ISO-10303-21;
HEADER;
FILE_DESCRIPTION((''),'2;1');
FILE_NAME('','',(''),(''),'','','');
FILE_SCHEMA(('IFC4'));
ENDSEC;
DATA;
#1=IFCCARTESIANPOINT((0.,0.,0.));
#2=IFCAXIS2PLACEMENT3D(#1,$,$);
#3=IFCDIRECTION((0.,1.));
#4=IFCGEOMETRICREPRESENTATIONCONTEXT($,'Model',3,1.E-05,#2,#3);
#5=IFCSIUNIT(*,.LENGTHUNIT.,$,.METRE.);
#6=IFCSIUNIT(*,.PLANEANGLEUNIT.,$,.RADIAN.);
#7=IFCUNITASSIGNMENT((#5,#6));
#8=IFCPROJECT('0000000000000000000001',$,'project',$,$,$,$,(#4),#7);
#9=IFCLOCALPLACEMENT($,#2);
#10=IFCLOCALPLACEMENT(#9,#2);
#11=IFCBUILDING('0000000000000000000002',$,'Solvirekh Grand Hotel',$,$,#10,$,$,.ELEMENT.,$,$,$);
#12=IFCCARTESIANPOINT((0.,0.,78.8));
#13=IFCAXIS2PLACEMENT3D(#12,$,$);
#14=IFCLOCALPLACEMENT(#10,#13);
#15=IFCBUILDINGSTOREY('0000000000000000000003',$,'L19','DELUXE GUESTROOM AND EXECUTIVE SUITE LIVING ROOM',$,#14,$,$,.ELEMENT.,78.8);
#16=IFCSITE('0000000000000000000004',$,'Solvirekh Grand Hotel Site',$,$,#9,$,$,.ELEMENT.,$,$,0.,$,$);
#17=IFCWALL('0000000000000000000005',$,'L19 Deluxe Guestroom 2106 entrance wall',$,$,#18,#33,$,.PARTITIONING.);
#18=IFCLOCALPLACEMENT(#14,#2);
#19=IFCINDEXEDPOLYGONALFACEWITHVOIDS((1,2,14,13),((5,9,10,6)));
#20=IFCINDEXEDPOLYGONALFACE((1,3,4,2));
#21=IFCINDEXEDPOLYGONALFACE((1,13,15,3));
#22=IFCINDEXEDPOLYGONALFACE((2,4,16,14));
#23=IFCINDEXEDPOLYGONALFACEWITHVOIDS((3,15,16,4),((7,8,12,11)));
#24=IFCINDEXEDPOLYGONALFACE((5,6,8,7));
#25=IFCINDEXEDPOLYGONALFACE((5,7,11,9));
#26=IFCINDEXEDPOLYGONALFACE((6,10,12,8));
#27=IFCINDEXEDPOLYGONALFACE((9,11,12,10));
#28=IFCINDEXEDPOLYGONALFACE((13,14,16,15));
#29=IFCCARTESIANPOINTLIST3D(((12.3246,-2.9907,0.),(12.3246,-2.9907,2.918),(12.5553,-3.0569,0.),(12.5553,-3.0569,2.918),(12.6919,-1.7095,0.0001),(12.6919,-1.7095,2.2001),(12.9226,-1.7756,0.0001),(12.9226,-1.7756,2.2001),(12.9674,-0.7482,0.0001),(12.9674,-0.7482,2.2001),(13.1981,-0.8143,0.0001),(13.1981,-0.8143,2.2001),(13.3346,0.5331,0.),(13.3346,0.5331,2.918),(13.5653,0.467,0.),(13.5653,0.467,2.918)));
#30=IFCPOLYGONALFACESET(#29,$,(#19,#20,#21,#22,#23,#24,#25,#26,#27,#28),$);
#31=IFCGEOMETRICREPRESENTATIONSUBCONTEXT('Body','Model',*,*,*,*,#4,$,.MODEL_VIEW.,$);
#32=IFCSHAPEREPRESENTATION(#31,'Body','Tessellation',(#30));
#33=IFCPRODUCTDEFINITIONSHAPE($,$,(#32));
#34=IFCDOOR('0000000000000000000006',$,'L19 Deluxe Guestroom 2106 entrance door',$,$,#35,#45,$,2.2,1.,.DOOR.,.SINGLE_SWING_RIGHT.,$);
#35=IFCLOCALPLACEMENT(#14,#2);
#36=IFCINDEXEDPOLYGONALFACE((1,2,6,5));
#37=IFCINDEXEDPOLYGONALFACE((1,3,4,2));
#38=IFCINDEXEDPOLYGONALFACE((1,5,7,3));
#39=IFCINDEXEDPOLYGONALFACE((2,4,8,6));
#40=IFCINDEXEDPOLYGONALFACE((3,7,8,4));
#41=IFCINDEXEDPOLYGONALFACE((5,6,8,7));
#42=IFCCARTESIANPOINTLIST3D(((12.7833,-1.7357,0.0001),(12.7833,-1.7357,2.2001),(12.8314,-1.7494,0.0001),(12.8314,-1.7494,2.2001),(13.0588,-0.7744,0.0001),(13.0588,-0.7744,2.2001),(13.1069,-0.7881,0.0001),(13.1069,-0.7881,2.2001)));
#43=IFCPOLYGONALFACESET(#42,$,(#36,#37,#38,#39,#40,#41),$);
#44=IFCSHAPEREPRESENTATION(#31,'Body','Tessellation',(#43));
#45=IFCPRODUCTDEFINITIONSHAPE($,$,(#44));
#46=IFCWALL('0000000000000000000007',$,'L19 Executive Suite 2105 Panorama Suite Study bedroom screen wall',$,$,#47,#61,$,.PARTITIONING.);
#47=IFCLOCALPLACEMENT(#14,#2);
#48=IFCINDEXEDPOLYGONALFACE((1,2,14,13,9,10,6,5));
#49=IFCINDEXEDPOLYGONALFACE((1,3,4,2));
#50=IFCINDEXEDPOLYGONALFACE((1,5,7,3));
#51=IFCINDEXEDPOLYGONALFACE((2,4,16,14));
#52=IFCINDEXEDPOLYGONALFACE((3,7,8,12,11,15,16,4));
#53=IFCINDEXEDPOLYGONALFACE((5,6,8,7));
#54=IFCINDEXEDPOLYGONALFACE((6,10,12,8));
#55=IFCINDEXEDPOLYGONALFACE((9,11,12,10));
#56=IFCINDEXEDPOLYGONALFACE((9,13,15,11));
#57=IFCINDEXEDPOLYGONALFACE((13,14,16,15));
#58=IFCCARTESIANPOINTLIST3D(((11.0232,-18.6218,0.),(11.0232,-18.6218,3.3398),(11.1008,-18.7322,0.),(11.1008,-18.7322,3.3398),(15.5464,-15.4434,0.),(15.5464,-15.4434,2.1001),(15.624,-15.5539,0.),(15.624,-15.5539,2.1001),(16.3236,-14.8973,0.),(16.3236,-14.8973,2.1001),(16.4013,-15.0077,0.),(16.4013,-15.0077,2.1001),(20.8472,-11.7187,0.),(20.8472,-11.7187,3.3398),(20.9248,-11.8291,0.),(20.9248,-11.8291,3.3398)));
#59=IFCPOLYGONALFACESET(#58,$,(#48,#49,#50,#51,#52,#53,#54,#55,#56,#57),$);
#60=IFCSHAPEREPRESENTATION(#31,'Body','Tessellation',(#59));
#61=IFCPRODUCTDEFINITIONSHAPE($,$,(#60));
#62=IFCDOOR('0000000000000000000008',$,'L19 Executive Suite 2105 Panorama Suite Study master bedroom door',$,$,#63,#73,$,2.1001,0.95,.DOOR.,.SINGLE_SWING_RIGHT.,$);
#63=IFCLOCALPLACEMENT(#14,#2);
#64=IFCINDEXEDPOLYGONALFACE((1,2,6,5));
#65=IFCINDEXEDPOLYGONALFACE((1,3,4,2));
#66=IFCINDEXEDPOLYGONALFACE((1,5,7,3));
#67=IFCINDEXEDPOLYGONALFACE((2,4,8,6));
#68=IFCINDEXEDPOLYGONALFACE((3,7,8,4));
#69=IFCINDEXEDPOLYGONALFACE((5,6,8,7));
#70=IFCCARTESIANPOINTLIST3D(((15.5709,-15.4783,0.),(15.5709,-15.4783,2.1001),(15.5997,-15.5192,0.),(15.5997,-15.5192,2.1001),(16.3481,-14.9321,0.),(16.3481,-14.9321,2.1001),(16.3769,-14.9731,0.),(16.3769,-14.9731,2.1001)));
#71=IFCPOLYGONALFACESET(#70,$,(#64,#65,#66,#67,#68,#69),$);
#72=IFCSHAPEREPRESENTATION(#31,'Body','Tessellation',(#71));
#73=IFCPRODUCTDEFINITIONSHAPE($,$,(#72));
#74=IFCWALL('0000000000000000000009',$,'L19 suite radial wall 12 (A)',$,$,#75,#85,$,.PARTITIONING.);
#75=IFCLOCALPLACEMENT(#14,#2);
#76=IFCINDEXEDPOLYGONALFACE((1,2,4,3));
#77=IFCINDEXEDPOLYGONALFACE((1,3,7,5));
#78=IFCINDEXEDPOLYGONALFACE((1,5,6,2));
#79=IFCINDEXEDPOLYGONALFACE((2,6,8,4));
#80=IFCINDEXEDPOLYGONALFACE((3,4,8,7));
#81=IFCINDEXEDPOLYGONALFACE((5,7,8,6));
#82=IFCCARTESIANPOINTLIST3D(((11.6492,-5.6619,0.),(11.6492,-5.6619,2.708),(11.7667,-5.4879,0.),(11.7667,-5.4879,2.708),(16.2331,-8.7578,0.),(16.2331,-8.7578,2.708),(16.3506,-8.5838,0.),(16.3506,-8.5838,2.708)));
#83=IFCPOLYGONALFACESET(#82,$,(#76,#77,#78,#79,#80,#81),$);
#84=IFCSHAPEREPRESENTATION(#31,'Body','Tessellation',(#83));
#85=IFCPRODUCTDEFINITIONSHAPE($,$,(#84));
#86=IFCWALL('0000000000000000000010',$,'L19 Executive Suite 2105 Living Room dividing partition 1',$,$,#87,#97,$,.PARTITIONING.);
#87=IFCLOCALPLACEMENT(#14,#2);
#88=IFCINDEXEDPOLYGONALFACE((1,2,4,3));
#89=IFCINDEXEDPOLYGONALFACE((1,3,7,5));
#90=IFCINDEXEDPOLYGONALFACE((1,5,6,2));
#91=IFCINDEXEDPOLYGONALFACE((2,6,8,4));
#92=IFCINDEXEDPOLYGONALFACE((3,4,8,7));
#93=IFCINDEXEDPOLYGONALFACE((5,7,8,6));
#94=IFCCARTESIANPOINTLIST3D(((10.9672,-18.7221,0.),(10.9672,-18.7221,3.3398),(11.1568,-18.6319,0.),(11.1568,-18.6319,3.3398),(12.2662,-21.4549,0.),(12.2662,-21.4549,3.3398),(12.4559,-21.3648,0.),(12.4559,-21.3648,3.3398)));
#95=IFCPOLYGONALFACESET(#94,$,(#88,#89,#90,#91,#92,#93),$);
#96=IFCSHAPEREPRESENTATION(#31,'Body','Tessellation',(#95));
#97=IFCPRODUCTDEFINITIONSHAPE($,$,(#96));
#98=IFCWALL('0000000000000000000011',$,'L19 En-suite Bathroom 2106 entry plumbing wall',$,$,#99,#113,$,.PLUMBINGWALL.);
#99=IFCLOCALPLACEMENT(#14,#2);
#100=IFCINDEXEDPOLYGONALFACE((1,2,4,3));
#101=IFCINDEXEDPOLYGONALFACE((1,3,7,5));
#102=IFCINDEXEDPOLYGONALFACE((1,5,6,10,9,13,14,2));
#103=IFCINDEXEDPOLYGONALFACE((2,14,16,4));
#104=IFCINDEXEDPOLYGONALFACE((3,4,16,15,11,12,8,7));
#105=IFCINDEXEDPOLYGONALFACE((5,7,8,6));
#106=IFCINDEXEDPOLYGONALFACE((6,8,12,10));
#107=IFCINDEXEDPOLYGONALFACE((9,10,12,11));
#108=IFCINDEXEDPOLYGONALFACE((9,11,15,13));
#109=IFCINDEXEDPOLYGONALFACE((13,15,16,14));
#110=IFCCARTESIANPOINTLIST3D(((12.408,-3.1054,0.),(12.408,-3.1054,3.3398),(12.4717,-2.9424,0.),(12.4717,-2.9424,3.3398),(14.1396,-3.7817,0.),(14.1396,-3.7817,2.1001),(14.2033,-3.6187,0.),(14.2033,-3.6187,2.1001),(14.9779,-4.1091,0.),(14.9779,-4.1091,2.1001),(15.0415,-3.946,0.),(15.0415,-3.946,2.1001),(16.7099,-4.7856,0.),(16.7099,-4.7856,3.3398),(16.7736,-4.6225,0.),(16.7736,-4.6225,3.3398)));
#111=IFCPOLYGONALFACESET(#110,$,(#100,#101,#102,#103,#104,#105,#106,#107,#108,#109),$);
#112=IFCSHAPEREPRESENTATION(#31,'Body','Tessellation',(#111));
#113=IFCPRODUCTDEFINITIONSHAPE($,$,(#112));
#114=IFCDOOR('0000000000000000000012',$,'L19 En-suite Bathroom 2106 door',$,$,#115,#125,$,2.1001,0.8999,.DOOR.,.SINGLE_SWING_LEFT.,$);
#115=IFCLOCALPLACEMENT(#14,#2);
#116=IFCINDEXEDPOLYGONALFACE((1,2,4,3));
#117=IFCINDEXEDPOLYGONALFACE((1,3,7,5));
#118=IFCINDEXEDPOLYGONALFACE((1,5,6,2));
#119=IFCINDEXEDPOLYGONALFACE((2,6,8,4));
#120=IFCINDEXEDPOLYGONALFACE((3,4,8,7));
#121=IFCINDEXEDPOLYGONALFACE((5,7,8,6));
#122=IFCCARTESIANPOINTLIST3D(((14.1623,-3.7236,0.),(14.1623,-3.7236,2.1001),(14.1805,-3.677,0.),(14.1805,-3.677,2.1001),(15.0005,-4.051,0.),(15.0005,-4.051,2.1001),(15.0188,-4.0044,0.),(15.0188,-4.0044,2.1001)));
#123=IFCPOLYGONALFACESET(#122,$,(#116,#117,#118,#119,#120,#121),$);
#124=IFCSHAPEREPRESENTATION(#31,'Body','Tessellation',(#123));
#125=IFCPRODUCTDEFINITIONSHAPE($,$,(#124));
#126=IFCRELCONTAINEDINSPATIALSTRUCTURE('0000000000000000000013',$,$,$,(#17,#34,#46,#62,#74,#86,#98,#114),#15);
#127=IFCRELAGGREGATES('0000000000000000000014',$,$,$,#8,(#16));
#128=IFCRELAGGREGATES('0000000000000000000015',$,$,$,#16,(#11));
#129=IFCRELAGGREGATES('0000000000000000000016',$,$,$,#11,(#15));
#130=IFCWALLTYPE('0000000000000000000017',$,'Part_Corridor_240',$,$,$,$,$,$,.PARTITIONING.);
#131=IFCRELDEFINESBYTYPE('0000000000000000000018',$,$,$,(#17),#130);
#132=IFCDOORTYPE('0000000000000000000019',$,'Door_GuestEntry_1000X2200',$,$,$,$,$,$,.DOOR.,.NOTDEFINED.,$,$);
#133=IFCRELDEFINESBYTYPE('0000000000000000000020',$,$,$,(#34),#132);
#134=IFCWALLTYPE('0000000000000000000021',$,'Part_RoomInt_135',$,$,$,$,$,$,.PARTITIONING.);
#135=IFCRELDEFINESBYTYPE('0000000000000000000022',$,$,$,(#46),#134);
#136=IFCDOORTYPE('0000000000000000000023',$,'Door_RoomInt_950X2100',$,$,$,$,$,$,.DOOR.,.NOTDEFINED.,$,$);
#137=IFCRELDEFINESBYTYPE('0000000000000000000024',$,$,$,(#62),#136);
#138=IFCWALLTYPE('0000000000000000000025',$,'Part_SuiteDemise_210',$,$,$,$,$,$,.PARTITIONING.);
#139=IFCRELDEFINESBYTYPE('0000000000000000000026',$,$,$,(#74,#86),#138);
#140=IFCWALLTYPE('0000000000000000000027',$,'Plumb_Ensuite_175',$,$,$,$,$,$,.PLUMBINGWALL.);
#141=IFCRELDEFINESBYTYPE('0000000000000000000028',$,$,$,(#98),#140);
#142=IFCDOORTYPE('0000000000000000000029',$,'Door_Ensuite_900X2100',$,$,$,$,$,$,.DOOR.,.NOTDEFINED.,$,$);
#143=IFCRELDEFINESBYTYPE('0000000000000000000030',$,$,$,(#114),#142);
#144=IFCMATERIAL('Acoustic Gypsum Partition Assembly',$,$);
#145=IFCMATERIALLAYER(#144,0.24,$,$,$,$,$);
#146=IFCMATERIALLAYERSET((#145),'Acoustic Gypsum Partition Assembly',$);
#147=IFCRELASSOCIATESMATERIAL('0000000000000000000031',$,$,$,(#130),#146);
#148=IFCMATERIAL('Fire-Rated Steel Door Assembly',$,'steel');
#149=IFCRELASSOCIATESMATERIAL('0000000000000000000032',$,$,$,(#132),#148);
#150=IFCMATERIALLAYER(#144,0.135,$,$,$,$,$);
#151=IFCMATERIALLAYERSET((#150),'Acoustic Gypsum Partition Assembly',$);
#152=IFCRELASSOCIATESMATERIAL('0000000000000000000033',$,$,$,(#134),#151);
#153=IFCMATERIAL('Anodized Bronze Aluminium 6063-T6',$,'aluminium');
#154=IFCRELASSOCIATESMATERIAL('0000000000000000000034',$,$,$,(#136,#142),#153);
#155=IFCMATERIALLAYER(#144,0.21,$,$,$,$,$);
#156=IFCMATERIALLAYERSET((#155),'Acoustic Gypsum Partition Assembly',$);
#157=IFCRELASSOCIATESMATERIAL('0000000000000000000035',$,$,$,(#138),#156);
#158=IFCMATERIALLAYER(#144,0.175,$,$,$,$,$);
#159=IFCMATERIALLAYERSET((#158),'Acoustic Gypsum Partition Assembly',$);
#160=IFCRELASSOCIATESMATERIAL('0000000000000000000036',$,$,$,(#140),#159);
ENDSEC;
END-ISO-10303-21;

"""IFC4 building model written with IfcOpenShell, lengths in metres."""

from ifc_helpers import new_model, si_unit, direction, frame, frame_2d, origin, place, context, subcontext, project, spatial, rectangle, extrude, material, layer, layer_set, type_object, element, fill, save


model = new_model("IFC4")

# Units and contexts
model_context = context("Model", 3, precision=1e-05, world=origin(), true_north=direction((0.0, 1.0)))
body_context = subcontext(model_context, "Body", "Model", "MODEL_VIEW")
ifc_project = project(units=[si_unit("LENGTHUNIT", "METRE"), si_unit("PLANEANGLEUNIT", "RADIAN")], contexts=[model_context])

# Site, building, storey
site_placement = place(None, origin())
site = spatial("IfcSite", under=ifc_project, at=site_placement, Name="Solvirekh Grand Hotel Site", CompositionType="ELEMENT", RefElevation=0.0)
building_placement = place(site_placement, origin())
building = spatial("IfcBuilding", under=site, at=building_placement, Name="Solvirekh Grand Hotel", CompositionType="ELEMENT")
storey_placement = place(building_placement, frame((0.0, 0.0, 78.8)))
storey = spatial("IfcBuildingStorey", under=building, at=storey_placement, Name="L19", Description="DELUXE GUESTROOM AND EXECUTIVE SUITE LIVING ROOM", CompositionType="ELEMENT", Elevation=78.8)

# Shared definitions
ifc_material_1 = material(Name="Anodized Bronze Aluminium 6063-T6", Category="aluminium")

# Shared definitions
ifc_material_2 = material(Name="Acoustic Gypsum Partition Assembly")
ifc_layer_1 = layer(ifc_material_2, 0.24)
ifc_layer_set_1 = layer_set([ifc_layer_1], Name="Acoustic Gypsum Partition Assembly")
wall_type_1 = type_object("IfcWallType", Name="Part_Corridor_240", PredefinedType="PARTITIONING", material=ifc_layer_set_1)
ifc_material_3 = material(Name="Fire-Rated Steel Door Assembly", Category="steel")

# Walls, openings, doors
wall_1_placement = place(storey_placement, frame((12.4399, -3.0239, 0.0), z_axis=(0.0, 0.0, 1.0), x_axis=(0.275521, 0.961295, 0.0)))
wall_1 = element("IfcWall", 1, at=wall_1_placement, inside=storey, type_object=wall_type_1, Name="L19 Deluxe Guestroom 2106 entrance wall", PredefinedType="PARTITIONING", context=body_context, shape_type="SweptSolid", body=[
    extrude(rectangle(XDim=3.6658, YDim=0.24, at=frame_2d((1.833, 0.0))), origin(), (0.0, 0.0, 1.0), 2.918),
])
opening_1_placement = place(wall_1_placement, frame((1.333, 0.0, 0.0)))
opening_1 = element("IfcOpeningElement", 2, at=opening_1_placement, cuts=wall_1, PredefinedType="OPENING", context=body_context, shape_type="SweptSolid", body=[
    extrude(rectangle(XDim=1.0, YDim=2.2, at=frame_2d((0.5, 1.1001))), frame((0.0, 0.1299, 0.0), z_axis=(0.0, -1.0, 0.0), x_axis=(1.0, 0.0, 0.0)), (0.0, 0.0, 1.0), 0.26),
])
door_type_1 = type_object("IfcDoorType", Name="Door_GuestEntry_1000X2200", OperationType="NOTDEFINED", PredefinedType="DOOR", material=ifc_material_3)
door_1_placement = place(opening_1_placement, origin())
door_1 = element("IfcDoor", 3, at=door_1_placement, inside=storey, type_object=door_type_1, Name="L19 Deluxe Guestroom 2106 entrance door", OperationType="SINGLE_SWING_RIGHT", OverallHeight=2.2, OverallWidth=1.0, PredefinedType="DOOR", context=body_context, shape_type="SweptSolid", body=[
    extrude(rectangle(XDim=1.0, YDim=2.2, at=frame_2d((0.5, 1.1001))), frame((0.0, 0.0249, 0.0), z_axis=(0.0, -1.0, 0.0), x_axis=(1.0, 0.0, 0.0)), (0.0, 0.0, 1.0), 0.05),
])
fill(opening_1, door_1)
ifc_layer_2 = layer(ifc_material_2, 0.135)
ifc_layer_set_2 = layer_set([ifc_layer_2], Name="Acoustic Gypsum Partition Assembly")
wall_type_2 = type_object("IfcWallType", Name="Part_RoomInt_135", PredefinedType="PARTITIONING", material=ifc_layer_set_2)
wall_2_placement = place(storey_placement, frame((11.062, -18.677, 0.0), z_axis=(0.0, 0.0, 1.0), x_axis=(0.818202, 0.574931, 0.0)))
wall_2 = element("IfcWall", 4, at=wall_2_placement, inside=storey, type_object=wall_type_2, Name="L19 Executive Suite 2105 Panorama Suite Study bedroom screen wall", PredefinedType="PARTITIONING", context=body_context, shape_type="SweptSolid", body=[
    extrude(rectangle(XDim=12.0068, YDim=0.135, at=frame_2d((6.0034, 0.0))), origin(), (0.0, 0.0, 1.0), 3.3398),
])
opening_2_placement = place(wall_2_placement, frame((5.5281, 0.0, 0.0)))
opening_2 = element("IfcOpeningElement", 5, at=opening_2_placement, cuts=wall_2, PredefinedType="OPENING", context=body_context, shape_type="SweptSolid", body=[
    extrude(rectangle(XDim=0.95, YDim=2.1001, at=frame_2d((0.4751, 1.05))), frame((0.0, 0.0776, 0.0), z_axis=(0.0, -1.0, 0.0), x_axis=(1.0, 0.0, 0.0)), (0.0, 0.0, 1.0), 0.155),
])
door_type_2 = type_object("IfcDoorType", Name="Door_RoomInt_950X2100", OperationType="NOTDEFINED", PredefinedType="DOOR", material=ifc_material_1)
door_2_placement = place(opening_2_placement, origin())
door_2 = element("IfcDoor", 6, at=door_2_placement, inside=storey, type_object=door_type_2, Name="L19 Executive Suite 2105 Panorama Suite Study master bedroom door", OperationType="SINGLE_SWING_RIGHT", OverallHeight=2.1001, OverallWidth=0.95, PredefinedType="DOOR", context=body_context, shape_type="SweptSolid", body=[
    extrude(rectangle(XDim=0.95, YDim=2.1001, at=frame_2d((0.4751, 1.05))), frame((0.0, 0.0249, 0.0), z_axis=(0.0, -1.0, 0.0), x_axis=(1.0, 0.0, 0.0)), (0.0, 0.0, 1.0), 0.05),
])
fill(opening_2, door_2)

# Walls
ifc_layer_3 = layer(ifc_material_2, 0.21)
ifc_layer_set_3 = layer_set([ifc_layer_3], Name="Acoustic Gypsum Partition Assembly")
wall_type_3 = type_object("IfcWallType", Name="Part_SuiteDemise_210", PredefinedType="PARTITIONING", material=ifc_layer_set_3)
wall_3_placement = place(storey_placement, frame((11.708, -5.575, 0.0), z_axis=(0.0, 0.0, 1.0), x_axis=(0.828701, -0.559691, 0.0)))
element("IfcWall", 7, at=wall_3_placement, inside=storey, type_object=wall_type_3, Name="L19 suite radial wall 12 (A)", PredefinedType="PARTITIONING", context=body_context, shape_type="SweptSolid", body=[
    extrude(rectangle(XDim=5.5315, YDim=0.21, at=frame_2d((2.7656, 0.0))), origin(), (0.0, 0.0, 1.0), 2.708),
])
wall_4_placement = place(storey_placement, frame((11.062, -18.677, 0.0), z_axis=(0.0, 0.0, 1.0), x_axis=(0.42931, -0.903157, 0.0)))
element("IfcWall", 8, at=wall_4_placement, inside=storey, type_object=wall_type_3, Name="L19 Executive Suite 2105 Living Room dividing partition 1", PredefinedType="PARTITIONING", context=body_context, shape_type="SweptSolid", body=[
    extrude(rectangle(XDim=3.0259, YDim=0.21, at=frame_2d((1.5129, 0.0))), origin(), (0.0, 0.0, 1.0), 3.3398),
])

# Wall, opening, door
ifc_layer_4 = layer(ifc_material_2, 0.175)
ifc_layer_set_4 = layer_set([ifc_layer_4], Name="Acoustic Gypsum Partition Assembly")
wall_type_4 = type_object("IfcWallType", Name="Plumb_Ensuite_175", PredefinedType="PLUMBINGWALL", material=ifc_layer_set_4)
wall_5_placement = place(storey_placement, frame((12.4399, -3.0239, 0.0), z_axis=(0.0, 0.0, 1.0), x_axis=(0.931479, -0.363795, 0.0)))
wall_5 = element("IfcWall", 9, at=wall_5_placement, inside=storey, type_object=wall_type_4, Name="L19 En-suite Bathroom 2106 entry plumbing wall", PredefinedType="PLUMBINGWALL", context=body_context, shape_type="SweptSolid", body=[
    extrude(rectangle(XDim=4.6184, YDim=0.175, at=frame_2d((2.3091, 0.0))), origin(), (0.0, 0.0, 1.0), 3.3398),
])
opening_3_placement = place(wall_5_placement, frame((1.8589, 0.0, 0.0)))
opening_3 = element("IfcOpeningElement", 10, at=opening_3_placement, cuts=wall_5, PredefinedType="OPENING", context=body_context, shape_type="SweptSolid", body=[
    extrude(rectangle(XDim=0.8999, YDim=2.1001, at=frame_2d((0.45, 1.05))), frame((0.0, 0.0977, 0.0), z_axis=(0.0, -1.0, 0.0), x_axis=(1.0, 0.0, 0.0)), (0.0, 0.0, 1.0), 0.1951),
])
door_type_3 = type_object("IfcDoorType", Name="Door_Ensuite_900X2100", OperationType="NOTDEFINED", PredefinedType="DOOR", material=ifc_material_1)
door_3_placement = place(opening_3_placement, origin())
door_3 = element("IfcDoor", 11, at=door_3_placement, inside=storey, type_object=door_type_3, Name="L19 En-suite Bathroom 2106 door", OperationType="SINGLE_SWING_LEFT", OverallHeight=2.1001, OverallWidth=0.8999, PredefinedType="DOOR", context=body_context, shape_type="SweptSolid", body=[
    extrude(rectangle(XDim=0.8999, YDim=2.1001, at=frame_2d((0.45, 1.05))), frame((0.0, 0.0249, 0.0), z_axis=(0.0, -1.0, 0.0), x_axis=(1.0, 0.0, 0.0)), (0.0, 0.0, 1.0), 0.05),
])
fill(opening_3, door_3)

save(model, "model.ifc")
